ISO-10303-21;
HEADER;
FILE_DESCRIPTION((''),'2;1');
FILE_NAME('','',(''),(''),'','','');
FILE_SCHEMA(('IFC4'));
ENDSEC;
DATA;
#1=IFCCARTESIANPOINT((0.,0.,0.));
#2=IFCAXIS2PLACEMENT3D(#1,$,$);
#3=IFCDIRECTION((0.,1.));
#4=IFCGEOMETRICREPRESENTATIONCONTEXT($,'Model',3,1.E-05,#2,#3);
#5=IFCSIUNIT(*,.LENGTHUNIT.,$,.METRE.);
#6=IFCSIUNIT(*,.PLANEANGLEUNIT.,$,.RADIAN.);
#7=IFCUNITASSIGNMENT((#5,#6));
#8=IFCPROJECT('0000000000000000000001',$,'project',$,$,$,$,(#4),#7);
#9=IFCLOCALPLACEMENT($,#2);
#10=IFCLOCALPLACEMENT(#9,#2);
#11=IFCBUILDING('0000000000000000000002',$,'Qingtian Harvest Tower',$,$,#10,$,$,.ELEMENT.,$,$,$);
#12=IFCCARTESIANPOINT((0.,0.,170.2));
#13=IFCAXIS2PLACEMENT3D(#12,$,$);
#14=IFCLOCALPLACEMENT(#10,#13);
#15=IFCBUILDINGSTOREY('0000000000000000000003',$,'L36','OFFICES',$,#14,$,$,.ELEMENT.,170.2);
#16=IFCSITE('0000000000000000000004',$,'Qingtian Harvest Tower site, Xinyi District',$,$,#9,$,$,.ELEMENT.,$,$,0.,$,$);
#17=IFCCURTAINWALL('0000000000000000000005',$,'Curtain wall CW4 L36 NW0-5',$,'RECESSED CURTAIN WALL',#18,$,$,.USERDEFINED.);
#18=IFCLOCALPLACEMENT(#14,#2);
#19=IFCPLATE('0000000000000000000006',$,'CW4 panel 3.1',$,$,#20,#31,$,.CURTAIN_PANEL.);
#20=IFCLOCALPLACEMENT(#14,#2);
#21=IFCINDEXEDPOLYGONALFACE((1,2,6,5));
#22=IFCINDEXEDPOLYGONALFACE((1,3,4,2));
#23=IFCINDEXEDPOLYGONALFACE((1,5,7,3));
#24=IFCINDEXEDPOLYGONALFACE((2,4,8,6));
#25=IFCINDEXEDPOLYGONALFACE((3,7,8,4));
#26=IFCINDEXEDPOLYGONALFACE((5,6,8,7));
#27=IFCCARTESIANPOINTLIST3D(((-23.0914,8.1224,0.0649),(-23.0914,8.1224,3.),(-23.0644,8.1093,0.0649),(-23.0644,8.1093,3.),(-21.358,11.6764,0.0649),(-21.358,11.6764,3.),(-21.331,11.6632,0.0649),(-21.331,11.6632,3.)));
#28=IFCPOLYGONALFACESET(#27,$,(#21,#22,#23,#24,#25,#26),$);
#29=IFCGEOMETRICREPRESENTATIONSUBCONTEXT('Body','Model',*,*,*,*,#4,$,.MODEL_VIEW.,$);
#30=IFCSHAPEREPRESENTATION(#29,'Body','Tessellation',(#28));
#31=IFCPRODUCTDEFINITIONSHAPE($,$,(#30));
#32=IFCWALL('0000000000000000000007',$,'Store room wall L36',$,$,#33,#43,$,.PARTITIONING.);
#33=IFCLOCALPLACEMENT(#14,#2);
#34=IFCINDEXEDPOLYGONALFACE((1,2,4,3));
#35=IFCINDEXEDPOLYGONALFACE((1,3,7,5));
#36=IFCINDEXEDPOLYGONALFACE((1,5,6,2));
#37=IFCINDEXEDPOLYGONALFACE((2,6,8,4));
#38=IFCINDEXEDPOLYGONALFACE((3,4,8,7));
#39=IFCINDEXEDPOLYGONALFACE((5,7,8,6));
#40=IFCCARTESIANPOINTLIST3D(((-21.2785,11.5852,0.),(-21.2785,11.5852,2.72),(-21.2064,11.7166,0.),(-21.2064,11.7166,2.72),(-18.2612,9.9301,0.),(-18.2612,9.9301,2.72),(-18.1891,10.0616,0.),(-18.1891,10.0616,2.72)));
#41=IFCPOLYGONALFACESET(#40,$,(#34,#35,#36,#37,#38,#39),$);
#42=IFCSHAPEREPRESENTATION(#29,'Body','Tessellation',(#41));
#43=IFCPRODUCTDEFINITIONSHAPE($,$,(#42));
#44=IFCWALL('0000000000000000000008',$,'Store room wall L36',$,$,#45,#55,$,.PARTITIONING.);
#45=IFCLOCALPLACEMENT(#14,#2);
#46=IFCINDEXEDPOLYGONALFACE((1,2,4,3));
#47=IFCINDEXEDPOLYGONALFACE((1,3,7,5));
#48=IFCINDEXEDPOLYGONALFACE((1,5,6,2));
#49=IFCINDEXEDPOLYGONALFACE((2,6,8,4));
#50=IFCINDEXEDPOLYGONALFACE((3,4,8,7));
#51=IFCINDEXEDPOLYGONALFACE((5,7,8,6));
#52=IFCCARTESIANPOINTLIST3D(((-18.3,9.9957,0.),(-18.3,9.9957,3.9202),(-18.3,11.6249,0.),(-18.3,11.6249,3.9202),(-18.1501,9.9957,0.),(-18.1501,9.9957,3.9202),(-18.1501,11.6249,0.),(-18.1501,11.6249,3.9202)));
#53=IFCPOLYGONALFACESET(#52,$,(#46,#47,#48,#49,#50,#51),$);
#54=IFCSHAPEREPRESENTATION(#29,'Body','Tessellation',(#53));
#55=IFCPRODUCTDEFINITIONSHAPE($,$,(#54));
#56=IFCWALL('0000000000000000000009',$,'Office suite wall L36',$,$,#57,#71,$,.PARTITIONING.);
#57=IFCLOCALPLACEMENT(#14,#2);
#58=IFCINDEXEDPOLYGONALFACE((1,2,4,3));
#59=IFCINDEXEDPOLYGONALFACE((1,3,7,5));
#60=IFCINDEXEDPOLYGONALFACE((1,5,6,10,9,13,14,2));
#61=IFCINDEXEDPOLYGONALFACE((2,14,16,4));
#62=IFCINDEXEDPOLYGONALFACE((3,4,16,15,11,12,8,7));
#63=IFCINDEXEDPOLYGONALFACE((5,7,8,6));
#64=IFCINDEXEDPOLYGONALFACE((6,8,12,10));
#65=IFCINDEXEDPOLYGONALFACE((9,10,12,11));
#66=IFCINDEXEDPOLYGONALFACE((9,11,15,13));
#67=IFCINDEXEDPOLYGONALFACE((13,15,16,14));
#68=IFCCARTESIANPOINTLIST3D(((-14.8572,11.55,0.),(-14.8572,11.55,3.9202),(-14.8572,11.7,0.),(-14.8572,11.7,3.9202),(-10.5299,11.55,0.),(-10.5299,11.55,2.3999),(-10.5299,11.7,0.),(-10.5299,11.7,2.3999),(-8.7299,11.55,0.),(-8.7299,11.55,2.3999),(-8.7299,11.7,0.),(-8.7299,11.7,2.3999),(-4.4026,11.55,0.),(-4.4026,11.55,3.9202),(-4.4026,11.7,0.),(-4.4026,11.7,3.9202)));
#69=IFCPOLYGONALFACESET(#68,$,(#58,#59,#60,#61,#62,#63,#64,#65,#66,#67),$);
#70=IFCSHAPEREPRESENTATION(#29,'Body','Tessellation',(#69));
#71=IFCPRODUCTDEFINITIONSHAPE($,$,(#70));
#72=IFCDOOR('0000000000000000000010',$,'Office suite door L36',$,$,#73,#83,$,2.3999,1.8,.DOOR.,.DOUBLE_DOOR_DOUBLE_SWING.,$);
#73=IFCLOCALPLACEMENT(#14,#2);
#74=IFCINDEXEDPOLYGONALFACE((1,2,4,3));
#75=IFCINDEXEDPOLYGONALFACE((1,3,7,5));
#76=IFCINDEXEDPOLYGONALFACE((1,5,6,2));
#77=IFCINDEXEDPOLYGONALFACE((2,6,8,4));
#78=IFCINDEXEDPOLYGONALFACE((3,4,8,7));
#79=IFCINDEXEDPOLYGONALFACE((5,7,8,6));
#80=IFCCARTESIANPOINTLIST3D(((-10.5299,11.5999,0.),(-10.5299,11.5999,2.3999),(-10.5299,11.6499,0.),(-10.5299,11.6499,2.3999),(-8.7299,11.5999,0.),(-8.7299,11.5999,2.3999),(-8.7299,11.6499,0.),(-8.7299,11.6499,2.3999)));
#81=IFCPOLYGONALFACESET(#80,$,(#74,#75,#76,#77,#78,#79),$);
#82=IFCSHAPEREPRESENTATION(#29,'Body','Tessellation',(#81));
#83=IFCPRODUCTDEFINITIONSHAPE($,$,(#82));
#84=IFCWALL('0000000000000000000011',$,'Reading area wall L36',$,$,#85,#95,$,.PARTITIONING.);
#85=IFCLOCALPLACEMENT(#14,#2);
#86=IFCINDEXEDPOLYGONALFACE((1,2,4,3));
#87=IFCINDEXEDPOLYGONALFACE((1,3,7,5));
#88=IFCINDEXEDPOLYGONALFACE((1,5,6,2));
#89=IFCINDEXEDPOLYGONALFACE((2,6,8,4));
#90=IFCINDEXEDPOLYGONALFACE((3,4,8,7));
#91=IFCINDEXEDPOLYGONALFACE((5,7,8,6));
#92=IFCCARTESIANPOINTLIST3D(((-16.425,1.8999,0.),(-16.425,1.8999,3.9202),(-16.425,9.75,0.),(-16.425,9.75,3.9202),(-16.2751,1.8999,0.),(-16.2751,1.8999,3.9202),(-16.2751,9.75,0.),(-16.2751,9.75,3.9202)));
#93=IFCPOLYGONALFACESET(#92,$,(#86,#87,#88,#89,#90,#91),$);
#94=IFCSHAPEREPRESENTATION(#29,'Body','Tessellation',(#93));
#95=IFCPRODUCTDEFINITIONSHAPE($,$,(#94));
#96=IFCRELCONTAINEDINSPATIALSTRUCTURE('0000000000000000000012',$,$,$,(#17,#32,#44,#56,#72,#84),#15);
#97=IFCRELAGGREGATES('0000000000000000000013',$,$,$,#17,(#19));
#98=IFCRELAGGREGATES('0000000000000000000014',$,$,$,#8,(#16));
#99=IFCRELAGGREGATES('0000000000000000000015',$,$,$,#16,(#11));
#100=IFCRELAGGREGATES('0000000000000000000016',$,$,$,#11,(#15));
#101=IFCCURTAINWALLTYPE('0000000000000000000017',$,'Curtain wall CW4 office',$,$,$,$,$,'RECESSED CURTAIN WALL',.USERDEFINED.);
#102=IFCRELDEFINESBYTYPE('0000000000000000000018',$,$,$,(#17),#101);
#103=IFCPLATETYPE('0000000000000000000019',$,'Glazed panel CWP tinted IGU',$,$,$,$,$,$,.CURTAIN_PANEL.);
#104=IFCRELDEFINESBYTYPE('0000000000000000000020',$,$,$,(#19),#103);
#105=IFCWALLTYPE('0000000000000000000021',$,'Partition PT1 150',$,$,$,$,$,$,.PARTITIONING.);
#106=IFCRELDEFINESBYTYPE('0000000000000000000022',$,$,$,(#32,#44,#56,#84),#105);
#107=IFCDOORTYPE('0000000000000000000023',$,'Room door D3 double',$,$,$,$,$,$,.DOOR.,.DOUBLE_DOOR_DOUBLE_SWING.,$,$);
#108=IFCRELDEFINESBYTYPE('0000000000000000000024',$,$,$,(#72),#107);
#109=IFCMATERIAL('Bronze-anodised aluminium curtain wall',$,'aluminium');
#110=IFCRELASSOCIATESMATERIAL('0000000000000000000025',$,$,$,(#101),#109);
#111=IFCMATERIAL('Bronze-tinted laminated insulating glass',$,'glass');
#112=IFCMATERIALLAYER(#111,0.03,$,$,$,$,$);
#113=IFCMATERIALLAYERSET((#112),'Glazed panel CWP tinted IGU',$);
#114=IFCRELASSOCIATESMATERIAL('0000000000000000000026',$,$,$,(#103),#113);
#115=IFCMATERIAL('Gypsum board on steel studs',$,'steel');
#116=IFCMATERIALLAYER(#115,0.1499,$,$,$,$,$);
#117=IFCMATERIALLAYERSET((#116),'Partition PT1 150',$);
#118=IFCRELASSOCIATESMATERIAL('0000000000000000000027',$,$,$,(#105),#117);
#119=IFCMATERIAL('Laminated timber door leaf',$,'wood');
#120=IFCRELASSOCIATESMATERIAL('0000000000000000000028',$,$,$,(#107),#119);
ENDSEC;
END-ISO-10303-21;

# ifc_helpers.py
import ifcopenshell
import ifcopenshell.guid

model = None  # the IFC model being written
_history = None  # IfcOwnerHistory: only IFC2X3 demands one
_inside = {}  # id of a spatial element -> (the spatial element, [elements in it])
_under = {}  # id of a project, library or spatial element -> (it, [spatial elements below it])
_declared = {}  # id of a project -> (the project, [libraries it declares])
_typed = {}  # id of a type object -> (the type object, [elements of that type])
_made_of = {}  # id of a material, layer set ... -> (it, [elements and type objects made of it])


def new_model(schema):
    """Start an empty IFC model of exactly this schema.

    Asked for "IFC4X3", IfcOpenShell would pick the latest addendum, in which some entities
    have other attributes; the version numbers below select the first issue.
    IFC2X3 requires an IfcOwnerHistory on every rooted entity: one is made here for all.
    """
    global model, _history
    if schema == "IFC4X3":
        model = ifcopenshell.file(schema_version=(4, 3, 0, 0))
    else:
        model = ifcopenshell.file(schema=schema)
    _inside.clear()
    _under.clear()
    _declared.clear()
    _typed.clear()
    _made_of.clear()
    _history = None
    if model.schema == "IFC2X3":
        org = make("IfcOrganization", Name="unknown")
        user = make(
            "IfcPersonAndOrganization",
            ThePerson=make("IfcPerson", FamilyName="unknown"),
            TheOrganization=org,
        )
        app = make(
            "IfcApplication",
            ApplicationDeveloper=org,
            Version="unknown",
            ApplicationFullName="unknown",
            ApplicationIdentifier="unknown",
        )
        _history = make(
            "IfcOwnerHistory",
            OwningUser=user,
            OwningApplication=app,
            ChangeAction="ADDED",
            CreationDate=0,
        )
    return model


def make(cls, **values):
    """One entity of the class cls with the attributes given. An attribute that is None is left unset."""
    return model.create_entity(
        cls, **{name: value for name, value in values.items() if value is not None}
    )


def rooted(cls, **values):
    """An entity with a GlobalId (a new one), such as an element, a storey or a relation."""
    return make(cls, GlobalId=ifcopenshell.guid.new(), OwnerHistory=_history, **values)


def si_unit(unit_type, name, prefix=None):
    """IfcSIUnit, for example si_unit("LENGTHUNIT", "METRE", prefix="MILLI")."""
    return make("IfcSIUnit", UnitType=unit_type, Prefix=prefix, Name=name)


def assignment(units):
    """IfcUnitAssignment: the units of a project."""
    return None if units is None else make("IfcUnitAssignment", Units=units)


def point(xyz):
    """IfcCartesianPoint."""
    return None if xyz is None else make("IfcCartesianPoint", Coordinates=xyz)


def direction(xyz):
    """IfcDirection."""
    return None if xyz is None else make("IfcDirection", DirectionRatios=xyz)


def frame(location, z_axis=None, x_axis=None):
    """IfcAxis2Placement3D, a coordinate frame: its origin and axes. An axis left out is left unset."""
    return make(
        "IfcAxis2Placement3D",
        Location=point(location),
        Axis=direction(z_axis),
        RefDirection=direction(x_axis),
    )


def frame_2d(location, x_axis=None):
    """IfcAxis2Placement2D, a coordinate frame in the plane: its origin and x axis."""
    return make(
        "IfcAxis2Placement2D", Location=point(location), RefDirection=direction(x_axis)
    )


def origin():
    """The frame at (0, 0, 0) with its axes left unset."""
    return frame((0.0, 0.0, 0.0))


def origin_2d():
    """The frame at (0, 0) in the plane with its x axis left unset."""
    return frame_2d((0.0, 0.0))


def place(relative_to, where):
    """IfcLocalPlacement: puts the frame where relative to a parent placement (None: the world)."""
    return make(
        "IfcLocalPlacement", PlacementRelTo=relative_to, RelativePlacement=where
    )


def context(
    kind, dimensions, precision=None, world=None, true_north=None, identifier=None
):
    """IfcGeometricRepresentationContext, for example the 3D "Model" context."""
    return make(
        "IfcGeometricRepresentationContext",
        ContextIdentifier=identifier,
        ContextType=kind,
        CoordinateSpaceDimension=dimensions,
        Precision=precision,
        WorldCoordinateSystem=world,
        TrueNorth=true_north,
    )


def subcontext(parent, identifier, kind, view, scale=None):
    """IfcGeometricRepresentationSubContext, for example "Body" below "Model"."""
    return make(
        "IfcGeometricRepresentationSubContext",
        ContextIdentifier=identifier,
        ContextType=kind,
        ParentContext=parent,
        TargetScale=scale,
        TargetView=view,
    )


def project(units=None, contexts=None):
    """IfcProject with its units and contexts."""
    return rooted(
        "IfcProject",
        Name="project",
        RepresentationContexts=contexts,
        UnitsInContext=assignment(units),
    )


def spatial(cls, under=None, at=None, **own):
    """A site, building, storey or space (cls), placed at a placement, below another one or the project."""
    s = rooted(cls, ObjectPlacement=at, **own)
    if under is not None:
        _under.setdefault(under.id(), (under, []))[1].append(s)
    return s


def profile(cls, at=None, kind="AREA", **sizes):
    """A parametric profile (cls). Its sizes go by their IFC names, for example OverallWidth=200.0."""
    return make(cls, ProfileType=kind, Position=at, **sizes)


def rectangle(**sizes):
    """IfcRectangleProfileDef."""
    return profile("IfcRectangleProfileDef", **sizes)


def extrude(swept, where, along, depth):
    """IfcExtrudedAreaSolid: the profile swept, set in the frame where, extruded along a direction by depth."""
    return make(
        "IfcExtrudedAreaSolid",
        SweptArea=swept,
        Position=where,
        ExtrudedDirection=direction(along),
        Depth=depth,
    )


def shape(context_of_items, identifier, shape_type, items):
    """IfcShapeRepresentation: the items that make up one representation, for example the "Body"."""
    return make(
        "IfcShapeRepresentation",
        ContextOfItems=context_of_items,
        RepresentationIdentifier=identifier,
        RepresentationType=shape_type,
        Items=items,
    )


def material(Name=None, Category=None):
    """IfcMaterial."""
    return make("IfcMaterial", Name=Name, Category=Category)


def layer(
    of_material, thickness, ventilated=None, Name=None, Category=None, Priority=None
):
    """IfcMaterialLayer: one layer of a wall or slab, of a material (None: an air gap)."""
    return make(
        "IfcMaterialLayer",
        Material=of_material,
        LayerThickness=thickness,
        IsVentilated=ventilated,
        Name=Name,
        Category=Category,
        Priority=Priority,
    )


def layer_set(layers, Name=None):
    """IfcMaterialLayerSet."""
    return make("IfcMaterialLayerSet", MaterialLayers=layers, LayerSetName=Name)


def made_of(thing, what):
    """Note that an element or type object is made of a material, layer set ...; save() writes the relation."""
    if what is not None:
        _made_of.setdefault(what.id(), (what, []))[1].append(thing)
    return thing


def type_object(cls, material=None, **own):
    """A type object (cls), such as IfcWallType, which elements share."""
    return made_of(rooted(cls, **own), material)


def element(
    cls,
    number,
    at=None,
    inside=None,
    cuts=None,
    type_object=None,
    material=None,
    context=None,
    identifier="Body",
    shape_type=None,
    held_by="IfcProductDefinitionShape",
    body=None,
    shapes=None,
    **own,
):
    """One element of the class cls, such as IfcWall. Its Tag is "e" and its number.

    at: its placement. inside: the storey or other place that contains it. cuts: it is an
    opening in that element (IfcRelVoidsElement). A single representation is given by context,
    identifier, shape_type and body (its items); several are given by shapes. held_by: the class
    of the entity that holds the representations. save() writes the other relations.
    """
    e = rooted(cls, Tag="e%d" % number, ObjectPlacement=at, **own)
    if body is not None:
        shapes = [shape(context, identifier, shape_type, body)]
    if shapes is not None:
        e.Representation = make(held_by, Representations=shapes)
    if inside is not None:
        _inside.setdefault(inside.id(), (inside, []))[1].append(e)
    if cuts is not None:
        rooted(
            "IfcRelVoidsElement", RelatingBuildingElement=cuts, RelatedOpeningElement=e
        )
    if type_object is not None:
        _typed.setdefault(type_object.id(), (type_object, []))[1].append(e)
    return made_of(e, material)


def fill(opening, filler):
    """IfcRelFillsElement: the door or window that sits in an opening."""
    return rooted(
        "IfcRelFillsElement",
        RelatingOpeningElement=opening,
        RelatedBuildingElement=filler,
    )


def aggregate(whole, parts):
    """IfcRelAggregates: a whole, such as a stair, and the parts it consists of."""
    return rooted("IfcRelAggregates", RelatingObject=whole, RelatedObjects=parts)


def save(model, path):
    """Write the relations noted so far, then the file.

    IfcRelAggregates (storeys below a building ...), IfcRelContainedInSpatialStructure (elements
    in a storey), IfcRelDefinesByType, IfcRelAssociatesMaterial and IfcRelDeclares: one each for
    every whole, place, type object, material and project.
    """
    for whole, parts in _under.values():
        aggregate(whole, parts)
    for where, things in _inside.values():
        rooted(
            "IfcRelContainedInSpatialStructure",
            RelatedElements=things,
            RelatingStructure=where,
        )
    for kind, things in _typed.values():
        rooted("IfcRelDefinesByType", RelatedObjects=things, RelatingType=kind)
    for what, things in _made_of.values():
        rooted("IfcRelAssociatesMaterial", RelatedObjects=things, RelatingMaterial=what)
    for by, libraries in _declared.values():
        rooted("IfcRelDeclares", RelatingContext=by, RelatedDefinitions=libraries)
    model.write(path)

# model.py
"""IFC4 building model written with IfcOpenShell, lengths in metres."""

from ifc_helpers import new_model, si_unit, direction, frame, frame_2d, origin, origin_2d, place, context, subcontext, project, spatial, rectangle, extrude, material, layer, layer_set, type_object, element, fill, aggregate, save


model = new_model("IFC4")

# Units and contexts
model_context = context("Model", 3, precision=1e-05, world=origin(), true_north=direction((0.0, 1.0)))
body_context = subcontext(model_context, "Body", "Model", "MODEL_VIEW")
ifc_project = project(units=[si_unit("LENGTHUNIT", "METRE"), si_unit("PLANEANGLEUNIT", "RADIAN")], contexts=[model_context])

# Site, building, storey
site_placement = place(None, origin())
site = spatial("IfcSite", under=ifc_project, at=site_placement, Name="Qingtian Harvest Tower site, Xinyi District", CompositionType="ELEMENT", RefElevation=0.0)
building_placement = place(site_placement, origin())
building = spatial("IfcBuilding", under=site, at=building_placement, Name="Qingtian Harvest Tower", CompositionType="ELEMENT")
storey_placement = place(building_placement, frame((0.0, 0.0, 170.2)))
storey = spatial("IfcBuildingStorey", under=building, at=storey_placement, Name="L36", Description="OFFICES", CompositionType="ELEMENT", Elevation=170.2)

# Shared definitions
ifc_material_1 = material(Name="Bronze-anodised aluminium curtain wall", Category="aluminium")
curtain_wall_type = type_object("IfcCurtainWallType", Name="Curtain wall CW4 office", ElementType="RECESSED CURTAIN WALL", PredefinedType="USERDEFINED", material=ifc_material_1)

# Curtain wall
curtain_wall_1_placement = place(storey_placement, origin())
curtain_wall_1 = element("IfcCurtainWall", 1, at=curtain_wall_1_placement, inside=storey, type_object=curtain_wall_type, Name="Curtain wall CW4 L36 NW0-5", ObjectType="RECESSED CURTAIN WALL", PredefinedType="USERDEFINED")

# Plate
ifc_material_2 = material(Name="Bronze-tinted laminated insulating glass", Category="glass")
ifc_layer_1 = layer(ifc_material_2, 0.03)
ifc_layer_set_1 = layer_set([ifc_layer_1], Name="Glazed panel CWP tinted IGU")
plate_type = type_object("IfcPlateType", Name="Glazed panel CWP tinted IGU", PredefinedType="CURTAIN_PANEL", material=ifc_layer_set_1)
plate_1_placement = place(storey_placement, frame((-22.2112, 9.8928, 0.0649), z_axis=(0.0, 0.0, 1.0), x_axis=(0.438371, 0.898794, 0.0)))
plate_1 = element("IfcPlate", 2, at=plate_1_placement, type_object=plate_type, Name="CW4 panel 3.1", PredefinedType="CURTAIN_PANEL", context=body_context, shape_type="SweptSolid", body=[
    extrude(rectangle(XDim=3.9541, YDim=0.03, at=origin_2d()), origin(), (0.0, 0.0, 1.0), 2.9351),
])
aggregate(curtain_wall_1, [plate_1])

# Walls
ifc_material_3 = material(Name="Gypsum board on steel studs", Category="steel")
ifc_layer_2 = layer(ifc_material_3, 0.1499)
ifc_layer_set_2 = layer_set([ifc_layer_2], Name="Partition PT1 150")
wall_type = type_object("IfcWallType", Name="Partition PT1 150", PredefinedType="PARTITIONING", material=ifc_layer_set_2)
wall_1_placement = place(storey_placement, frame((-21.2424, 11.6509, 0.0), z_axis=(0.0, 0.0, 1.0), x_axis=(0.876768, -0.480914, 0.0)))
element("IfcWall", 3, at=wall_1_placement, inside=storey, type_object=wall_type, Name="Store room wall L36", PredefinedType="PARTITIONING", context=body_context, shape_type="SweptSolid", body=[
    extrude(rectangle(XDim=3.4414, YDim=0.1499, at=frame_2d((1.7207, 0.0))), origin(), (0.0, 0.0, 1.0), 2.72),
])
wall_2_placement = place(storey_placement, frame((-18.2251, 9.9958, 0.0), z_axis=(0.0, 0.0, 1.0), x_axis=(0.0, 1.0, 0.0)))
element("IfcWall", 4, at=wall_2_placement, inside=storey, type_object=wall_type, Name="Store room wall L36", PredefinedType="PARTITIONING", context=body_context, shape_type="SweptSolid", body=[
    extrude(rectangle(XDim=1.6292, YDim=0.1499, at=frame_2d((0.8145, 0.0))), origin(), (0.0, 0.0, 1.0), 3.9202),
])

# Wall, opening, door
wall_3_placement = place(storey_placement, frame((-14.8572, 11.625, 0.0), z_axis=(0.0, 0.0, 1.0), x_axis=(1.0, 0.0, 0.0)))
wall_3 = element("IfcWall", 5, at=wall_3_placement, inside=storey, type_object=wall_type, Name="Office suite wall L36", PredefinedType="PARTITIONING", context=body_context, shape_type="SweptSolid", body=[
    extrude(rectangle(XDim=10.4546, YDim=0.1499, at=frame_2d((5.2273, 0.0))), origin(), (0.0, 0.0, 1.0), 3.9202),
])
opening_1_placement = place(wall_3_placement, frame((4.3274, 0.0, 0.0)))
opening_1 = element("IfcOpeningElement", 6, at=opening_1_placement, cuts=wall_3, PredefinedType="OPENING", context=body_context, shape_type="SweptSolid", body=[
    extrude(rectangle(XDim=1.8, YDim=2.3999, at=frame_2d((0.8999, 1.2))), frame((0.0, 0.085, 0.0), z_axis=(0.0, -1.0, 0.0), x_axis=(1.0, 0.0, 0.0)), (0.0, 0.0, 1.0), 0.1699),
])
ifc_material_4 = material(Name="Laminated timber door leaf", Category="wood")
door_type_1 = type_object("IfcDoorType", Name="Room door D3 double", OperationType="DOUBLE_DOOR_DOUBLE_SWING", PredefinedType="DOOR", material=ifc_material_4)
door_1_placement = place(opening_1_placement, origin())
door_1 = element("IfcDoor", 7, at=door_1_placement, inside=storey, type_object=door_type_1, Name="Office suite door L36", OperationType="DOUBLE_DOOR_DOUBLE_SWING", OverallHeight=2.3999, OverallWidth=1.8, PredefinedType="DOOR", context=body_context, shape_type="SweptSolid", body=[
    extrude(rectangle(XDim=1.8, YDim=2.3999, at=frame_2d((0.8999, 1.2))), frame((0.0, 0.0249, 0.0), z_axis=(0.0, -1.0, 0.0), x_axis=(1.0, 0.0, 0.0)), (0.0, 0.0, 1.0), 0.05),
])
fill(opening_1, door_1)

# Wall
wall_4_placement = place(storey_placement, frame((-16.3501, 1.8999, 0.0), z_axis=(0.0, 0.0, 1.0), x_axis=(0.0, 1.0, 0.0)))
element("IfcWall", 8, at=wall_4_placement, inside=storey, type_object=wall_type, Name="Reading area wall L36", PredefinedType="PARTITIONING", context=body_context, shape_type="SweptSolid", body=[
    extrude(rectangle(XDim=7.8501, YDim=0.1499, at=frame_2d((3.925, 0.0))), origin(), (0.0, 0.0, 1.0), 3.9202),
])

save(model, "model.ifc")
